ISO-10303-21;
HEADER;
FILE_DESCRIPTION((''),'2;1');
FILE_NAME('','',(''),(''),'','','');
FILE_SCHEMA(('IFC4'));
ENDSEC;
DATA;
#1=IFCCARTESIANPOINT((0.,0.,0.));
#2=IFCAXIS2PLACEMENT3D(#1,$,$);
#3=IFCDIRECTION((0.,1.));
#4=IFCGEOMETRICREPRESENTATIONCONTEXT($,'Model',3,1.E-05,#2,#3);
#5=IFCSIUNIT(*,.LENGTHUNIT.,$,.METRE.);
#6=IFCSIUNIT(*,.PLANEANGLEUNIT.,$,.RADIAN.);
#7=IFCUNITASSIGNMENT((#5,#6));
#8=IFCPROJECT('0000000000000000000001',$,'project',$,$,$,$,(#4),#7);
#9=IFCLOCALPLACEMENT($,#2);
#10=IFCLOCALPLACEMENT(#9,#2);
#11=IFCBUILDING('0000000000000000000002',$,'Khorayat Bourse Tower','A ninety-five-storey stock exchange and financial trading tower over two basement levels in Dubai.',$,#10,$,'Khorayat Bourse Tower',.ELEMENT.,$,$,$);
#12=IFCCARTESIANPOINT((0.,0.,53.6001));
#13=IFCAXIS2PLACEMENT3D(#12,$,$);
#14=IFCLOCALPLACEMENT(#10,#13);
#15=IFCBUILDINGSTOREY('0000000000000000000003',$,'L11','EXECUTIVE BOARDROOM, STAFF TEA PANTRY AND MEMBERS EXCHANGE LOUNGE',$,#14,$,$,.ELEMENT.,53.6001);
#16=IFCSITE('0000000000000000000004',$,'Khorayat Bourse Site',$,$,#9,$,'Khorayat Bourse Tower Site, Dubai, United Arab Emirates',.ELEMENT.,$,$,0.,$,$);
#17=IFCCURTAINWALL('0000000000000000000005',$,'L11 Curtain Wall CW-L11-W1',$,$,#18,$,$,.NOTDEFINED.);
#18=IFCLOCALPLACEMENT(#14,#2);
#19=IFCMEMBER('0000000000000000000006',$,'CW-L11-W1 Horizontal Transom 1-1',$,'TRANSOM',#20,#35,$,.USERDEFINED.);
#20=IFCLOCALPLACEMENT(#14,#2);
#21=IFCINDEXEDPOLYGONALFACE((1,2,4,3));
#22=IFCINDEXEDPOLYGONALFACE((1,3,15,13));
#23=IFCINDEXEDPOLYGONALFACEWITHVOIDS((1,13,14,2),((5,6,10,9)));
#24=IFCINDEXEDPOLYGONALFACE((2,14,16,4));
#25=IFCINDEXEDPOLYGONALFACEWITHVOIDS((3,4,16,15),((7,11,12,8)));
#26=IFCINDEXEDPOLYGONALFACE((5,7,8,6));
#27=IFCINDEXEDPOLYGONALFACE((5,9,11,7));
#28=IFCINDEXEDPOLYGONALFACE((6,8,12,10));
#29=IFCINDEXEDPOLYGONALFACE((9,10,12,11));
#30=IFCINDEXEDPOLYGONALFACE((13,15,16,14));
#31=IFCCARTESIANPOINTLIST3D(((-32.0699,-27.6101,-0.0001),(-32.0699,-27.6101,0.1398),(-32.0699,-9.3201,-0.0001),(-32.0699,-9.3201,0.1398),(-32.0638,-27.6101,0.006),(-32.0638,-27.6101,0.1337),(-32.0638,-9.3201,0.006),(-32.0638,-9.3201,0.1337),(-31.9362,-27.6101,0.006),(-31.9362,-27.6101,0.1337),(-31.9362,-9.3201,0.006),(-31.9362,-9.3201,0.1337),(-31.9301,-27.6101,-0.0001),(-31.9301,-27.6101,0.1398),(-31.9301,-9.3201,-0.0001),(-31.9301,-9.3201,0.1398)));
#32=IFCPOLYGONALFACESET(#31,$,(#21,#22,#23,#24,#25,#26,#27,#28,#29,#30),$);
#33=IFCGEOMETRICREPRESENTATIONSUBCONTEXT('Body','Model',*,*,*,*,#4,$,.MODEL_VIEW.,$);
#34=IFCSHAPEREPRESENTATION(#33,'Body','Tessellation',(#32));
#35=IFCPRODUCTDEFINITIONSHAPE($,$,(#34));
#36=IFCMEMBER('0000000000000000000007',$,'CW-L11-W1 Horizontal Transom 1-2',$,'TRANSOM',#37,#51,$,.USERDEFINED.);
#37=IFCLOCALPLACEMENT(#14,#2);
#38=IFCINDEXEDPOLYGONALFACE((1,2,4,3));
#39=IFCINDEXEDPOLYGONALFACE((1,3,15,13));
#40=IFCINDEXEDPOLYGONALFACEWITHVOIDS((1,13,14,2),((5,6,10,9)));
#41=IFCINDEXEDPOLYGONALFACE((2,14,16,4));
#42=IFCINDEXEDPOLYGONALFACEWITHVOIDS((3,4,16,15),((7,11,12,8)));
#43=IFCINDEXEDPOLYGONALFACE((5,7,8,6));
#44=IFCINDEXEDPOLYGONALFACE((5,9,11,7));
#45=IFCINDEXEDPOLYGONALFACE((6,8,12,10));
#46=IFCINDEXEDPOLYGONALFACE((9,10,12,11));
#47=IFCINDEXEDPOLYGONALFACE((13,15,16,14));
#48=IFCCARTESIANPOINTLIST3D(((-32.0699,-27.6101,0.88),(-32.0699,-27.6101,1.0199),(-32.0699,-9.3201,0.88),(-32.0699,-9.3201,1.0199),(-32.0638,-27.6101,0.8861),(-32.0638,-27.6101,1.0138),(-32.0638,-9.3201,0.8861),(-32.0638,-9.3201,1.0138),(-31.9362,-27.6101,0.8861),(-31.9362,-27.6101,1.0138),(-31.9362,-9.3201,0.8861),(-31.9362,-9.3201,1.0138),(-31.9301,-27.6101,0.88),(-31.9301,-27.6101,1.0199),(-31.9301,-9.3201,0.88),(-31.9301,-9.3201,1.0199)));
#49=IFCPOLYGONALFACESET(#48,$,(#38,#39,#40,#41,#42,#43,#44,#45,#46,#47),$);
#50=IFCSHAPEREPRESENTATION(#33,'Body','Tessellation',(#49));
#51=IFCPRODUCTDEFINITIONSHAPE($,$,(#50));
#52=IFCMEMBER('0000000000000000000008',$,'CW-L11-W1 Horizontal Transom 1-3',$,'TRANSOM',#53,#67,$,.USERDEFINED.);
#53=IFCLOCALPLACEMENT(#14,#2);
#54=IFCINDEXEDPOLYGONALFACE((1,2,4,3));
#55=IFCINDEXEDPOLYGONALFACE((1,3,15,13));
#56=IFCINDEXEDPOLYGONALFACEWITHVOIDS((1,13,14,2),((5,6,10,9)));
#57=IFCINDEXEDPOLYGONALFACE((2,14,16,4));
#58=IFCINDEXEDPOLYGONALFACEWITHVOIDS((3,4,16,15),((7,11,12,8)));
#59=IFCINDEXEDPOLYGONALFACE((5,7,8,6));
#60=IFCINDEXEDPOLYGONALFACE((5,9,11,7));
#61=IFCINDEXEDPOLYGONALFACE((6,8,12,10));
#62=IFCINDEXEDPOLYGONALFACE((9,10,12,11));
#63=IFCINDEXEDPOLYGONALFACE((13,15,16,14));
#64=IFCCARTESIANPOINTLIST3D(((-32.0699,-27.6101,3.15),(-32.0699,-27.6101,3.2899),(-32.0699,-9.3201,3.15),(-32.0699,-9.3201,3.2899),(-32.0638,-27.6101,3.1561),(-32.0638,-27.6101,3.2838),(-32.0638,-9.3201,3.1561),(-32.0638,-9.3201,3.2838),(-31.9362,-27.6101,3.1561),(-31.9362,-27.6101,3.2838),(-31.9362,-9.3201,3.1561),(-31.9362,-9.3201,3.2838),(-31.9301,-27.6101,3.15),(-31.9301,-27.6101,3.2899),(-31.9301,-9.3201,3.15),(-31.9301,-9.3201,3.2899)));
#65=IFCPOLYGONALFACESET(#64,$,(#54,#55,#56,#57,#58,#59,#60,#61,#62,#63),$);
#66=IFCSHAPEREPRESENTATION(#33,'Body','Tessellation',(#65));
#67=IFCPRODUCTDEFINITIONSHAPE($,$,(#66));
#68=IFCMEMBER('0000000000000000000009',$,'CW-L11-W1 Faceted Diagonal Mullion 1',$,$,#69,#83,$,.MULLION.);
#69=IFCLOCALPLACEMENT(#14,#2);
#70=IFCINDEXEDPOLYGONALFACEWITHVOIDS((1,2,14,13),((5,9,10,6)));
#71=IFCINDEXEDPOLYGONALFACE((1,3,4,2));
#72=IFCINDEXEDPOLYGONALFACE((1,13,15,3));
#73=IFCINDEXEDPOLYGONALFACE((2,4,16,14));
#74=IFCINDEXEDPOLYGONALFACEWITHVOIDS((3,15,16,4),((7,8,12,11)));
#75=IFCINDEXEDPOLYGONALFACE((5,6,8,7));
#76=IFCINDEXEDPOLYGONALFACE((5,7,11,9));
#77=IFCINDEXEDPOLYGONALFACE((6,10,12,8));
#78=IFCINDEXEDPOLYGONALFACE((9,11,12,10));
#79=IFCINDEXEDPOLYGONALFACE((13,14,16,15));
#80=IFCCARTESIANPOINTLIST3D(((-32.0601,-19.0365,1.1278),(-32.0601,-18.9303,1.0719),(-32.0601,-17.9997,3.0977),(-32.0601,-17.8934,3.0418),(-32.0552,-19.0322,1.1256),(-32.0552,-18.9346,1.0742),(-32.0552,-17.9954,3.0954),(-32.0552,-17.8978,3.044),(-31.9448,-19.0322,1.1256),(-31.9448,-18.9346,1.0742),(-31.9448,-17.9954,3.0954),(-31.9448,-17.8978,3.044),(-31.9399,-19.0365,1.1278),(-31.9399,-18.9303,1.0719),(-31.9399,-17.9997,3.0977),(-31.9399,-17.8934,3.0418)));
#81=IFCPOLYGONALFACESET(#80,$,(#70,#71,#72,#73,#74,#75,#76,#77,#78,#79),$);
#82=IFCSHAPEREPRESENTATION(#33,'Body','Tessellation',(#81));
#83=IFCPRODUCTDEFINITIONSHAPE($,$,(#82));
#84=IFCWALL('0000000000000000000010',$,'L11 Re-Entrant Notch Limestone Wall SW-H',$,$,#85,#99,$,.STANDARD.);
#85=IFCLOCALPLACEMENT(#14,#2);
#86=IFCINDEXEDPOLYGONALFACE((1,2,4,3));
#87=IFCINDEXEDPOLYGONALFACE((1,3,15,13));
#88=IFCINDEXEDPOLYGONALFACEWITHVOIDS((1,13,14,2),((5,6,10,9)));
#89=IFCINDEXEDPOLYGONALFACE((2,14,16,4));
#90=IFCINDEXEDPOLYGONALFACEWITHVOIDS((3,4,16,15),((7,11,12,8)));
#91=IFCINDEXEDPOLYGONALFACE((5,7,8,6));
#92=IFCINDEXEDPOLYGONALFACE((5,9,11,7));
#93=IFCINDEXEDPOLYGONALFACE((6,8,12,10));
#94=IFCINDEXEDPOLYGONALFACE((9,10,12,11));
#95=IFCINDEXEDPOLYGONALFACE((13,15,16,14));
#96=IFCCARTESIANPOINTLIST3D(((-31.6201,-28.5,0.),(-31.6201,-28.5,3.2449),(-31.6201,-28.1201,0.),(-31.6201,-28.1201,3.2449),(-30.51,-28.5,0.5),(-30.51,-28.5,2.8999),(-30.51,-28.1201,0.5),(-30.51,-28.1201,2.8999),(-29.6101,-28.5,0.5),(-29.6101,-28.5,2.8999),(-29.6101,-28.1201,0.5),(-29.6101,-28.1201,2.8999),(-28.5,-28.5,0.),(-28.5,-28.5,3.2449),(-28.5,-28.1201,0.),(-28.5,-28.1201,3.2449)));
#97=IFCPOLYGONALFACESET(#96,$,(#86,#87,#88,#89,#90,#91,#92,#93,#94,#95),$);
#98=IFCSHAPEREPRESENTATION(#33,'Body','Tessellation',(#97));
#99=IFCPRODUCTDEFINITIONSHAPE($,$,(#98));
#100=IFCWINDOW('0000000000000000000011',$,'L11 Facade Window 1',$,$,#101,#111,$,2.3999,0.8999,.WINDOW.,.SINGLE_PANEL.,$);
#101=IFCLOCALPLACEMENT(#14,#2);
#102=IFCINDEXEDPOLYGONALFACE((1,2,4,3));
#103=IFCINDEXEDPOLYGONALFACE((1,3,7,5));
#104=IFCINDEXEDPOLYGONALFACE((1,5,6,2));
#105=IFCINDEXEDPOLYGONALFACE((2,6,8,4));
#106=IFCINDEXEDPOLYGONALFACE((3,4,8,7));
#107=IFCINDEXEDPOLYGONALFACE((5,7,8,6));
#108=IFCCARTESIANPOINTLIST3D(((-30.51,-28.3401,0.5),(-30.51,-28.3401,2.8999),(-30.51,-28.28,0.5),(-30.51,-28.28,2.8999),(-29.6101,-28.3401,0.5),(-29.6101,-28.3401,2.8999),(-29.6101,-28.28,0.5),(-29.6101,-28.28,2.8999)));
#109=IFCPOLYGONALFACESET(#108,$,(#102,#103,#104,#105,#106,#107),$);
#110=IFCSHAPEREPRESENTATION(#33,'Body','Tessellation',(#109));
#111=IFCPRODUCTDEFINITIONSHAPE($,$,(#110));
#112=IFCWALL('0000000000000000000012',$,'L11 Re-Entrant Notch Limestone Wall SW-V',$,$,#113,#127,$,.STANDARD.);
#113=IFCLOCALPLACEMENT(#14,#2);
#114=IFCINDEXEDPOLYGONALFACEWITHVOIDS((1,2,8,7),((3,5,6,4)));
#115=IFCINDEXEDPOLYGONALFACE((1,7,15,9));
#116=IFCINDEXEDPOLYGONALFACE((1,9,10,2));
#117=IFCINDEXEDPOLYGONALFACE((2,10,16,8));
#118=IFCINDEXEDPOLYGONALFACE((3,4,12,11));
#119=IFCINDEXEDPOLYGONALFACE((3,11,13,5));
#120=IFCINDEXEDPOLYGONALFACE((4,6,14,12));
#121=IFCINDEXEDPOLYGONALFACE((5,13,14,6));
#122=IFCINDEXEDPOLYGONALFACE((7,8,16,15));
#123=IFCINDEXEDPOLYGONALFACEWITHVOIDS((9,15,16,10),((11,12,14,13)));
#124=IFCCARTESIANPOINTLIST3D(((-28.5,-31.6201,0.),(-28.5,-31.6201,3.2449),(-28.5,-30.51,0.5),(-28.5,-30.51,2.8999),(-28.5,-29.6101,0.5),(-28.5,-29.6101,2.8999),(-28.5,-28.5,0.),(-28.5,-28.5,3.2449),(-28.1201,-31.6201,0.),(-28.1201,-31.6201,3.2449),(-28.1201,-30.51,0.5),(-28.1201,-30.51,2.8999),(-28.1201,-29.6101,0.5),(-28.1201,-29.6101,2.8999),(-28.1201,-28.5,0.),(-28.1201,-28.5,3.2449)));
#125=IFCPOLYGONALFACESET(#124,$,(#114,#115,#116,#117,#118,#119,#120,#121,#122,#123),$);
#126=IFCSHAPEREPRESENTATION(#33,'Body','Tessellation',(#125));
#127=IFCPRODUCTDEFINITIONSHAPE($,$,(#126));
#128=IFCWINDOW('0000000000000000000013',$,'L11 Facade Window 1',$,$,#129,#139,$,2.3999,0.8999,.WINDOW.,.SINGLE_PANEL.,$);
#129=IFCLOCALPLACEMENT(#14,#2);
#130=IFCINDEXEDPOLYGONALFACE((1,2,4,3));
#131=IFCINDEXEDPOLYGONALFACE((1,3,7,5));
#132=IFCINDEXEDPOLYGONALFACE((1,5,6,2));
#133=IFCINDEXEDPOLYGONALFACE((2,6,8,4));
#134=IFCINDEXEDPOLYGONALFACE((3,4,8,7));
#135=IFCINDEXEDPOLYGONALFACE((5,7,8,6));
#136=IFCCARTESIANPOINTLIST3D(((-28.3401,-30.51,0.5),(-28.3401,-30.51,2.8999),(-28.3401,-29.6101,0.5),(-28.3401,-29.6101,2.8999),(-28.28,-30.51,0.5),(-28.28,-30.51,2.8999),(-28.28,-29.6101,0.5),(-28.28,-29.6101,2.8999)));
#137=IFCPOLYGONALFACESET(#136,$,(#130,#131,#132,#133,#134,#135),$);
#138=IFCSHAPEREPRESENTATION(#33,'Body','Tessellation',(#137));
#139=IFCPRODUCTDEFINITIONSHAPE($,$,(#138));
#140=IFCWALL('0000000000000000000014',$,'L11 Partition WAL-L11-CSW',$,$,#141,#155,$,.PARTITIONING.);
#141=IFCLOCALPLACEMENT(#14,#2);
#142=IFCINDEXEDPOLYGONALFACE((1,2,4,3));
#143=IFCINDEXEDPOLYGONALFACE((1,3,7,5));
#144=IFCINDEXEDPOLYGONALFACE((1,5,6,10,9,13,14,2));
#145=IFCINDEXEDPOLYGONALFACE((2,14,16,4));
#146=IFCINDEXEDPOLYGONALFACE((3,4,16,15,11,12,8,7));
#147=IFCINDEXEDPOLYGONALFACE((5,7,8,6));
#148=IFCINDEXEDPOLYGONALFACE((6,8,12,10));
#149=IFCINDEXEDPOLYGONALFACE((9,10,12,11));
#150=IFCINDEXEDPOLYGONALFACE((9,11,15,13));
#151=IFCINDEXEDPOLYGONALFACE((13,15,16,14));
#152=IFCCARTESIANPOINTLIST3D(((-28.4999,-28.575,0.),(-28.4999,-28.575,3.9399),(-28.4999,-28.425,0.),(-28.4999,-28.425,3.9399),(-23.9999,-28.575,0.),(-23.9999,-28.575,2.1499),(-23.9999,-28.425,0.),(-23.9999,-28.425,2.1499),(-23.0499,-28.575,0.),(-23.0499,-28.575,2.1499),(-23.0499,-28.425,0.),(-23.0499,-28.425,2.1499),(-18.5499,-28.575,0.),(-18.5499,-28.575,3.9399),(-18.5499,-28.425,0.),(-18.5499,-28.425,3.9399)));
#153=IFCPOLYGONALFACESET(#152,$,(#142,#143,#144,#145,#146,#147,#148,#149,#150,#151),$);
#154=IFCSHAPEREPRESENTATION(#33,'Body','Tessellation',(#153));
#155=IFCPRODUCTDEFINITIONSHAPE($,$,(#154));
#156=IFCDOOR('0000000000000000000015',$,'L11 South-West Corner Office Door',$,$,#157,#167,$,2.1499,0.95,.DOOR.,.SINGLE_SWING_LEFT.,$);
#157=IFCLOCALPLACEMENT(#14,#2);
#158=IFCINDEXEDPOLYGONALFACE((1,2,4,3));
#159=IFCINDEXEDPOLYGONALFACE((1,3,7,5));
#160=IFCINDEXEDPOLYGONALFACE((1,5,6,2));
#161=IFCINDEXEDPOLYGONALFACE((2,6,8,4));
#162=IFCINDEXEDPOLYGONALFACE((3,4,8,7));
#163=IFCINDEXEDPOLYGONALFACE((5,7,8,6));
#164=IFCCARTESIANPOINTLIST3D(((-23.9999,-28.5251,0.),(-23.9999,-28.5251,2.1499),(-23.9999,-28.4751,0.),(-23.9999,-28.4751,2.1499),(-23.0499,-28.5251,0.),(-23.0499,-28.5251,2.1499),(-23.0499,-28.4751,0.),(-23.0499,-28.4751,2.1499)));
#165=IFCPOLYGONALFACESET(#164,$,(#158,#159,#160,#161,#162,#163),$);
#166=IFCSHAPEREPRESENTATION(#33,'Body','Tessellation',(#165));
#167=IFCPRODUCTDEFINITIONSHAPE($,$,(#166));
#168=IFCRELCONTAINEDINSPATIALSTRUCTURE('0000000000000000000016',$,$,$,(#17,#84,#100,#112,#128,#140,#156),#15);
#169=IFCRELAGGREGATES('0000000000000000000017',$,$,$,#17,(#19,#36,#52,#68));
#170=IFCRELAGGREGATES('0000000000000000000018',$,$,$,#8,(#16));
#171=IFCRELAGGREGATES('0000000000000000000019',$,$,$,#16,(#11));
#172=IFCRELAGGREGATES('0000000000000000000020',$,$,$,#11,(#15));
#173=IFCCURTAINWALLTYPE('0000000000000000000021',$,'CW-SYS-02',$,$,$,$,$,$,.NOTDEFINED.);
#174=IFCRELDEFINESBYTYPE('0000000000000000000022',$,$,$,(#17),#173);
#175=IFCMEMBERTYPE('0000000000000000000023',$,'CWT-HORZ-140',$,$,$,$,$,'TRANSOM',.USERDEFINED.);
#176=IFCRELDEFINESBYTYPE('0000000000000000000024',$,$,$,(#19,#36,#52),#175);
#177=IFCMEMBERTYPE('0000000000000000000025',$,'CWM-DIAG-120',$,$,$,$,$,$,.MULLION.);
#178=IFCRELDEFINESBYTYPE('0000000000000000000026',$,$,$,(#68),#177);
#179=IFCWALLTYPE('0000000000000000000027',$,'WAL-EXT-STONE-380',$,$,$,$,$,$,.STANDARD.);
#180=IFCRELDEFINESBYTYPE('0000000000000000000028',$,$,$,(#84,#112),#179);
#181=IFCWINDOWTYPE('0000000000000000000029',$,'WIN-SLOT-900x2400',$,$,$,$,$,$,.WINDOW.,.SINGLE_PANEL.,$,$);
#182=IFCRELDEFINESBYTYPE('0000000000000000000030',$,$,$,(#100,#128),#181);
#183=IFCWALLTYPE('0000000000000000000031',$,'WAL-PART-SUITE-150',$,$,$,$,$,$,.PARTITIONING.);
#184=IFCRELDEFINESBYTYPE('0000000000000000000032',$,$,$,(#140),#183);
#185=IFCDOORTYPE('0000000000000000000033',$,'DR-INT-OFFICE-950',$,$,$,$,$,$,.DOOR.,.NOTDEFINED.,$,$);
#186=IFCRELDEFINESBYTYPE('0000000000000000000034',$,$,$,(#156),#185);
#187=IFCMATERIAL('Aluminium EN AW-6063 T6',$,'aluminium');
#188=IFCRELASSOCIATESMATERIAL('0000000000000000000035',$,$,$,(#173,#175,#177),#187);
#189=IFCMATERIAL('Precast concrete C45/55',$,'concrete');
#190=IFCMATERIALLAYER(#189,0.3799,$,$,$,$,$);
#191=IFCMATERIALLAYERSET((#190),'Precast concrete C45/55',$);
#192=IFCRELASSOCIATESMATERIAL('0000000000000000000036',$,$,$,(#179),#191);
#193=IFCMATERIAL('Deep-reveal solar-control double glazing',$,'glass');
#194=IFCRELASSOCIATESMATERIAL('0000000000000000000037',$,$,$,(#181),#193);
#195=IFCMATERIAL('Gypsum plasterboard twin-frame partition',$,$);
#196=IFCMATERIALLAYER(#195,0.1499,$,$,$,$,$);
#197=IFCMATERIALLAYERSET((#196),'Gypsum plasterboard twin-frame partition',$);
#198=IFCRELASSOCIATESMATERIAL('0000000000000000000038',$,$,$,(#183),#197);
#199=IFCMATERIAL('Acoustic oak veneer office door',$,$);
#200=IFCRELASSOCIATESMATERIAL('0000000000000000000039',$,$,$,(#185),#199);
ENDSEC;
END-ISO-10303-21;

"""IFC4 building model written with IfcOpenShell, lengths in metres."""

from ifc_helpers import new_model, si_unit, direction, frame, frame_2d, origin, origin_2d, place, context, subcontext, project, spatial, rectangle, hollow_rectangle, extrude, source, transform, mapped, material, layer, layer_set, material_profile, profile_set, type_object, element, fill, aggregate, save


model = new_model("IFC4")

# Units and contexts
model_context = context("Model", 3, precision=1e-05, world=origin(), true_north=direction((0.0, 1.0)))
body_context = subcontext(model_context, "Body", "Model", "MODEL_VIEW")
ifc_project = project(units=[si_unit("LENGTHUNIT", "METRE"), si_unit("PLANEANGLEUNIT", "RADIAN")], contexts=[model_context])

# Site, building, storey
site_placement = place(None, origin())
site = spatial("IfcSite", under=ifc_project, at=site_placement, Name="Khorayat Bourse Site", LongName="Khorayat Bourse Tower Site, Dubai, United Arab Emirates", CompositionType="ELEMENT", RefElevation=0.0)
building_placement = place(site_placement, origin())
building = spatial("IfcBuilding", under=site, at=building_placement, Name="Khorayat Bourse Tower", Description="A ninety-five-storey stock exchange and financial trading tower over two basement levels in Dubai.", LongName="Khorayat Bourse Tower", CompositionType="ELEMENT")
storey_placement = place(building_placement, frame((0.0, 0.0, 53.6001)))
storey = spatial("IfcBuildingStorey", under=building, at=storey_placement, Name="L11", Description="EXECUTIVE BOARDROOM, STAFF TEA PANTRY AND MEMBERS EXCHANGE LOUNGE", CompositionType="ELEMENT", Elevation=53.6001)

# Curtain wall
ifc_material_1 = material(Name="Aluminium EN AW-6063 T6", Category="aluminium")
curtain_wall_type = type_object("IfcCurtainWallType", Name="CW-SYS-02", PredefinedType="NOTDEFINED", material=ifc_material_1)
curtain_wall_1_placement = place(storey_placement, origin())
curtain_wall_1 = element("IfcCurtainWall", 1, at=curtain_wall_1_placement, inside=storey, type_object=curtain_wall_type, Name="L11 Curtain Wall CW-L11-W1", PredefinedType="NOTDEFINED")

# Members
ifc_material_profile_1 = material_profile(ifc_material_1, hollow_rectangle(XDim=0.1399, YDim=0.1399, WallThickness=0.0061, at=origin_2d()), Name="ALU 140x140x6")
ifc_profile_set_1 = profile_set([ifc_material_profile_1], Name="Aluminium EN AW-6063 T6")
member_type_1 = type_object("IfcMemberType", Name="CWT-HORZ-140", ElementType="TRANSOM", PredefinedType="USERDEFINED", material=ifc_profile_set_1)
shared_shape_1 = source(origin(), body_context, "Body", "SweptSolid", [
    extrude(hollow_rectangle(XDim=0.1399, YDim=0.1399, WallThickness=0.0061, at=origin_2d()), origin(), (0.0, 0.0, 1.0), 18.29),
])
member_1_placement = place(storey_placement, frame((-32.0, -27.6101, 0.0698), z_axis=(0.0, 1.0, 0.0), x_axis=(-1.0, 0.0, 0.0)))
member_1 = element("IfcMember", 2, at=member_1_placement, type_object=member_type_1, Name="CW-L11-W1 Horizontal Transom 1-1", ObjectType="TRANSOM", PredefinedType="USERDEFINED", context=body_context, shape_type="MappedRepresentation", body=[
    mapped(shared_shape_1, transform((0.0, 0.0, 0.0), scale=1.0)),
])
member_2_placement = place(storey_placement, frame((-32.0, -27.6101, 0.95), z_axis=(0.0, 1.0, 0.0), x_axis=(-1.0, 0.0, 0.0)))
member_2 = element("IfcMember", 3, at=member_2_placement, type_object=member_type_1, Name="CW-L11-W1 Horizontal Transom 1-2", ObjectType="TRANSOM", PredefinedType="USERDEFINED", context=body_context, shape_type="MappedRepresentation", body=[
    mapped(shared_shape_1, transform((0.0, 0.0, 0.0), scale=1.0)),
])
member_3_placement = place(storey_placement, frame((-32.0, -27.6101, 3.22), z_axis=(0.0, 1.0, 0.0), x_axis=(-1.0, 0.0, 0.0)))
member_3 = element("IfcMember", 4, at=member_3_placement, type_object=member_type_1, Name="CW-L11-W1 Horizontal Transom 1-3", ObjectType="TRANSOM", PredefinedType="USERDEFINED", context=body_context, shape_type="MappedRepresentation", body=[
    mapped(shared_shape_1, transform((0.0, 0.0, 0.0), scale=1.0)),
])
ifc_material_profile_2 = material_profile(ifc_material_1, hollow_rectangle(XDim=0.1201, YDim=0.1201, WallThickness=0.0049, at=origin_2d()), Name="ALU 120x120x5")
ifc_profile_set_2 = profile_set([ifc_material_profile_2], Name="Aluminium EN AW-6063 T6")
member_type_2 = type_object("IfcMemberType", Name="CWM-DIAG-120", PredefinedType="MULLION", material=ifc_profile_set_2)
shared_shape_2 = source(origin(), body_context, "Body", "SweptSolid", [
    extrude(hollow_rectangle(XDim=0.1201, YDim=0.1201, WallThickness=0.0049, at=origin_2d()), origin(), (0.0, 0.0, 1.0), 2.2261),
])
member_4_placement = place(storey_placement, frame((-32.0, -18.9834, 1.0999), z_axis=(0.0, 0.46576, 0.884911), x_axis=(-1.0, 0.0, 0.0)))
member_4 = element("IfcMember", 5, at=member_4_placement, type_object=member_type_2, Name="CW-L11-W1 Faceted Diagonal Mullion 1", PredefinedType="MULLION", context=body_context, shape_type="MappedRepresentation", body=[
    mapped(shared_shape_2, transform((0.0, 0.0, 0.0), scale=1.0)),
])
aggregate(curtain_wall_1, [member_1, member_2, member_3, member_4])

# Walls, openings, windows
ifc_material_2 = material(Name="Precast concrete C45/55", Category="concrete")
ifc_layer_1 = layer(ifc_material_2, 0.3799)
ifc_layer_set_1 = layer_set([ifc_layer_1], Name="Precast concrete C45/55")
wall_type_1 = type_object("IfcWallType", Name="WAL-EXT-STONE-380", PredefinedType="STANDARD", material=ifc_layer_set_1)
shared_shape_3 = source(origin(), body_context, "Body", "SweptSolid", [
    extrude(rectangle(XDim=3.1201, YDim=0.3799, at=frame_2d((1.5601, 0.0))), origin(), (0.0, 0.0, 1.0), 3.2449),
])
wall_1_placement = place(storey_placement, frame((-28.5, -28.3101, 0.0), z_axis=(0.0, 0.0, 1.0), x_axis=(-1.0, 0.0, 0.0)))
wall_1 = element("IfcWall", 6, at=wall_1_placement, inside=storey, type_object=wall_type_1, Name="L11 Re-Entrant Notch Limestone Wall SW-H", PredefinedType="STANDARD", context=body_context, shape_type="MappedRepresentation", body=[
    mapped(shared_shape_3, transform((0.0, 0.0, 0.0), scale=1.0)),
])
shared_shape_4 = source(origin(), body_context, "Body", "SweptSolid", [
    extrude(rectangle(XDim=0.8999, YDim=2.3999, at=frame_2d((0.45, 1.2))), frame((0.0, 0.2, 0.0), z_axis=(0.0, -1.0, 0.0), x_axis=(1.0, 0.0, 0.0)), (0.0, 0.0, 1.0), 0.3999),
])
opening_1_placement = place(wall_1_placement, frame((1.1101, 0.0, 0.5)))
opening_1 = element("IfcOpeningElement", 7, at=opening_1_placement, cuts=wall_1, PredefinedType="OPENING", context=body_context, shape_type="MappedRepresentation", body=[
    mapped(shared_shape_4, transform((0.0, 0.0, 0.0), scale=1.0)),
])
ifc_material_3 = material(Name="Deep-reveal solar-control double glazing", Category="glass")
window_type = type_object("IfcWindowType", Name="WIN-SLOT-900x2400", PartitioningType="SINGLE_PANEL", PredefinedType="WINDOW", material=ifc_material_3)
shared_shape_5 = source(origin(), body_context, "Body", "SweptSolid", [
    extrude(rectangle(XDim=0.8999, YDim=2.3999, at=frame_2d((0.45, 1.2))), frame((0.0, 0.03, 0.0), z_axis=(0.0, -1.0, 0.0), x_axis=(1.0, 0.0, 0.0)), (0.0, 0.0, 1.0), 0.0601),
])
window_1_placement = place(opening_1_placement, origin())
window_1 = element("IfcWindow", 8, at=window_1_placement, inside=storey, type_object=window_type, Name="L11 Facade Window 1", OverallHeight=2.3999, OverallWidth=0.8999, PartitioningType="SINGLE_PANEL", PredefinedType="WINDOW", context=body_context, shape_type="MappedRepresentation", body=[
    mapped(shared_shape_5, transform((0.0, 0.0, 0.0), scale=1.0)),
])
fill(opening_1, window_1)
wall_2_placement = place(storey_placement, frame((-28.3101, -31.6201, 0.0), z_axis=(0.0, 0.0, 1.0), x_axis=(0.0, 1.0, 0.0)))
wall_2 = element("IfcWall", 9, at=wall_2_placement, inside=storey, type_object=wall_type_1, Name="L11 Re-Entrant Notch Limestone Wall SW-V", PredefinedType="STANDARD", context=body_context, shape_type="MappedRepresentation", body=[
    mapped(shared_shape_3, transform((0.0, 0.0, 0.0), scale=1.0)),
])
opening_2_placement = place(wall_2_placement, frame((1.1101, 0.0, 0.5)))
opening_2 = element("IfcOpeningElement", 10, at=opening_2_placement, cuts=wall_2, PredefinedType="OPENING", context=body_context, shape_type="MappedRepresentation", body=[
    mapped(shared_shape_4, transform((0.0, 0.0, 0.0), scale=1.0)),
])
window_2_placement = place(opening_2_placement, origin())
window_2 = element("IfcWindow", 11, at=window_2_placement, inside=storey, type_object=window_type, Name="L11 Facade Window 1", OverallHeight=2.3999, OverallWidth=0.8999, PartitioningType="SINGLE_PANEL", PredefinedType="WINDOW", context=body_context, shape_type="MappedRepresentation", body=[
    mapped(shared_shape_5, transform((0.0, 0.0, 0.0), scale=1.0)),
])
fill(opening_2, window_2)

# Wall, opening, door
ifc_material_4 = material(Name="Gypsum plasterboard twin-frame partition")
ifc_layer_2 = layer(ifc_material_4, 0.1499)
ifc_layer_set_2 = layer_set([ifc_layer_2], Name="Gypsum plasterboard twin-frame partition")
wall_type_2 = type_object("IfcWallType", Name="WAL-PART-SUITE-150", PredefinedType="PARTITIONING", material=ifc_layer_set_2)
shared_shape_6 = source(origin(), body_context, "Body", "SweptSolid", [
    extrude(rectangle(XDim=9.95, YDim=0.1499, at=frame_2d((4.9751, 0.0))), origin(), (0.0, 0.0, 1.0), 3.9399),
])
wall_3_placement = place(storey_placement, frame((-28.5, -28.5, 0.0), z_axis=(0.0, 0.0, 1.0), x_axis=(1.0, 0.0, 0.0)))
wall_3 = element("IfcWall", 12, at=wall_3_placement, inside=storey, type_object=wall_type_2, Name="L11 Partition WAL-L11-CSW", PredefinedType="PARTITIONING", context=body_context, shape_type="MappedRepresentation", body=[
    mapped(shared_shape_6, transform((0.0, 0.0, 0.0), scale=1.0)),
])
shared_shape_7 = source(origin(), body_context, "Body", "SweptSolid", [
    extrude(rectangle(XDim=0.95, YDim=2.1499, at=frame_2d((0.4751, 1.075))), frame((0.0, 0.085, 0.0), z_axis=(0.0, -1.0, 0.0), x_axis=(1.0, 0.0, 0.0)), (0.0, 0.0, 1.0), 0.1699),
])
opening_3_placement = place(wall_3_placement, frame((4.5, 0.0, 0.0)))
opening_3 = element("IfcOpeningElement", 13, at=opening_3_placement, cuts=wall_3, PredefinedType="OPENING", context=body_context, shape_type="MappedRepresentation", body=[
    mapped(shared_shape_7, transform((0.0, 0.0, 0.0), scale=1.0)),
])
ifc_material_5 = material(Name="Acoustic oak veneer office door")
door_type = type_object("IfcDoorType", Name="DR-INT-OFFICE-950", OperationType="NOTDEFINED", PredefinedType="DOOR", material=ifc_material_5)
shared_shape_8 = source(origin(), body_context, "Body", "SweptSolid", [
    extrude(rectangle(XDim=0.95, YDim=2.1499, at=frame_2d((0.4751, 1.075))), frame((0.0, 0.0249, 0.0), z_axis=(0.0, -1.0, 0.0), x_axis=(1.0, 0.0, 0.0)), (0.0, 0.0, 1.0), 0.05),
])
door_placement = place(opening_3_placement, origin())
door = element("IfcDoor", 14, at=door_placement, inside=storey, type_object=door_type, Name="L11 South-West Corner Office Door", OperationType="SINGLE_SWING_LEFT", OverallHeight=2.1499, OverallWidth=0.95, PredefinedType="DOOR", context=body_context, shape_type="MappedRepresentation", body=[
    mapped(shared_shape_8, transform((0.0, 0.0, 0.0), scale=1.0)),
])
fill(opening_3, door)

save(model, "model.ifc")
